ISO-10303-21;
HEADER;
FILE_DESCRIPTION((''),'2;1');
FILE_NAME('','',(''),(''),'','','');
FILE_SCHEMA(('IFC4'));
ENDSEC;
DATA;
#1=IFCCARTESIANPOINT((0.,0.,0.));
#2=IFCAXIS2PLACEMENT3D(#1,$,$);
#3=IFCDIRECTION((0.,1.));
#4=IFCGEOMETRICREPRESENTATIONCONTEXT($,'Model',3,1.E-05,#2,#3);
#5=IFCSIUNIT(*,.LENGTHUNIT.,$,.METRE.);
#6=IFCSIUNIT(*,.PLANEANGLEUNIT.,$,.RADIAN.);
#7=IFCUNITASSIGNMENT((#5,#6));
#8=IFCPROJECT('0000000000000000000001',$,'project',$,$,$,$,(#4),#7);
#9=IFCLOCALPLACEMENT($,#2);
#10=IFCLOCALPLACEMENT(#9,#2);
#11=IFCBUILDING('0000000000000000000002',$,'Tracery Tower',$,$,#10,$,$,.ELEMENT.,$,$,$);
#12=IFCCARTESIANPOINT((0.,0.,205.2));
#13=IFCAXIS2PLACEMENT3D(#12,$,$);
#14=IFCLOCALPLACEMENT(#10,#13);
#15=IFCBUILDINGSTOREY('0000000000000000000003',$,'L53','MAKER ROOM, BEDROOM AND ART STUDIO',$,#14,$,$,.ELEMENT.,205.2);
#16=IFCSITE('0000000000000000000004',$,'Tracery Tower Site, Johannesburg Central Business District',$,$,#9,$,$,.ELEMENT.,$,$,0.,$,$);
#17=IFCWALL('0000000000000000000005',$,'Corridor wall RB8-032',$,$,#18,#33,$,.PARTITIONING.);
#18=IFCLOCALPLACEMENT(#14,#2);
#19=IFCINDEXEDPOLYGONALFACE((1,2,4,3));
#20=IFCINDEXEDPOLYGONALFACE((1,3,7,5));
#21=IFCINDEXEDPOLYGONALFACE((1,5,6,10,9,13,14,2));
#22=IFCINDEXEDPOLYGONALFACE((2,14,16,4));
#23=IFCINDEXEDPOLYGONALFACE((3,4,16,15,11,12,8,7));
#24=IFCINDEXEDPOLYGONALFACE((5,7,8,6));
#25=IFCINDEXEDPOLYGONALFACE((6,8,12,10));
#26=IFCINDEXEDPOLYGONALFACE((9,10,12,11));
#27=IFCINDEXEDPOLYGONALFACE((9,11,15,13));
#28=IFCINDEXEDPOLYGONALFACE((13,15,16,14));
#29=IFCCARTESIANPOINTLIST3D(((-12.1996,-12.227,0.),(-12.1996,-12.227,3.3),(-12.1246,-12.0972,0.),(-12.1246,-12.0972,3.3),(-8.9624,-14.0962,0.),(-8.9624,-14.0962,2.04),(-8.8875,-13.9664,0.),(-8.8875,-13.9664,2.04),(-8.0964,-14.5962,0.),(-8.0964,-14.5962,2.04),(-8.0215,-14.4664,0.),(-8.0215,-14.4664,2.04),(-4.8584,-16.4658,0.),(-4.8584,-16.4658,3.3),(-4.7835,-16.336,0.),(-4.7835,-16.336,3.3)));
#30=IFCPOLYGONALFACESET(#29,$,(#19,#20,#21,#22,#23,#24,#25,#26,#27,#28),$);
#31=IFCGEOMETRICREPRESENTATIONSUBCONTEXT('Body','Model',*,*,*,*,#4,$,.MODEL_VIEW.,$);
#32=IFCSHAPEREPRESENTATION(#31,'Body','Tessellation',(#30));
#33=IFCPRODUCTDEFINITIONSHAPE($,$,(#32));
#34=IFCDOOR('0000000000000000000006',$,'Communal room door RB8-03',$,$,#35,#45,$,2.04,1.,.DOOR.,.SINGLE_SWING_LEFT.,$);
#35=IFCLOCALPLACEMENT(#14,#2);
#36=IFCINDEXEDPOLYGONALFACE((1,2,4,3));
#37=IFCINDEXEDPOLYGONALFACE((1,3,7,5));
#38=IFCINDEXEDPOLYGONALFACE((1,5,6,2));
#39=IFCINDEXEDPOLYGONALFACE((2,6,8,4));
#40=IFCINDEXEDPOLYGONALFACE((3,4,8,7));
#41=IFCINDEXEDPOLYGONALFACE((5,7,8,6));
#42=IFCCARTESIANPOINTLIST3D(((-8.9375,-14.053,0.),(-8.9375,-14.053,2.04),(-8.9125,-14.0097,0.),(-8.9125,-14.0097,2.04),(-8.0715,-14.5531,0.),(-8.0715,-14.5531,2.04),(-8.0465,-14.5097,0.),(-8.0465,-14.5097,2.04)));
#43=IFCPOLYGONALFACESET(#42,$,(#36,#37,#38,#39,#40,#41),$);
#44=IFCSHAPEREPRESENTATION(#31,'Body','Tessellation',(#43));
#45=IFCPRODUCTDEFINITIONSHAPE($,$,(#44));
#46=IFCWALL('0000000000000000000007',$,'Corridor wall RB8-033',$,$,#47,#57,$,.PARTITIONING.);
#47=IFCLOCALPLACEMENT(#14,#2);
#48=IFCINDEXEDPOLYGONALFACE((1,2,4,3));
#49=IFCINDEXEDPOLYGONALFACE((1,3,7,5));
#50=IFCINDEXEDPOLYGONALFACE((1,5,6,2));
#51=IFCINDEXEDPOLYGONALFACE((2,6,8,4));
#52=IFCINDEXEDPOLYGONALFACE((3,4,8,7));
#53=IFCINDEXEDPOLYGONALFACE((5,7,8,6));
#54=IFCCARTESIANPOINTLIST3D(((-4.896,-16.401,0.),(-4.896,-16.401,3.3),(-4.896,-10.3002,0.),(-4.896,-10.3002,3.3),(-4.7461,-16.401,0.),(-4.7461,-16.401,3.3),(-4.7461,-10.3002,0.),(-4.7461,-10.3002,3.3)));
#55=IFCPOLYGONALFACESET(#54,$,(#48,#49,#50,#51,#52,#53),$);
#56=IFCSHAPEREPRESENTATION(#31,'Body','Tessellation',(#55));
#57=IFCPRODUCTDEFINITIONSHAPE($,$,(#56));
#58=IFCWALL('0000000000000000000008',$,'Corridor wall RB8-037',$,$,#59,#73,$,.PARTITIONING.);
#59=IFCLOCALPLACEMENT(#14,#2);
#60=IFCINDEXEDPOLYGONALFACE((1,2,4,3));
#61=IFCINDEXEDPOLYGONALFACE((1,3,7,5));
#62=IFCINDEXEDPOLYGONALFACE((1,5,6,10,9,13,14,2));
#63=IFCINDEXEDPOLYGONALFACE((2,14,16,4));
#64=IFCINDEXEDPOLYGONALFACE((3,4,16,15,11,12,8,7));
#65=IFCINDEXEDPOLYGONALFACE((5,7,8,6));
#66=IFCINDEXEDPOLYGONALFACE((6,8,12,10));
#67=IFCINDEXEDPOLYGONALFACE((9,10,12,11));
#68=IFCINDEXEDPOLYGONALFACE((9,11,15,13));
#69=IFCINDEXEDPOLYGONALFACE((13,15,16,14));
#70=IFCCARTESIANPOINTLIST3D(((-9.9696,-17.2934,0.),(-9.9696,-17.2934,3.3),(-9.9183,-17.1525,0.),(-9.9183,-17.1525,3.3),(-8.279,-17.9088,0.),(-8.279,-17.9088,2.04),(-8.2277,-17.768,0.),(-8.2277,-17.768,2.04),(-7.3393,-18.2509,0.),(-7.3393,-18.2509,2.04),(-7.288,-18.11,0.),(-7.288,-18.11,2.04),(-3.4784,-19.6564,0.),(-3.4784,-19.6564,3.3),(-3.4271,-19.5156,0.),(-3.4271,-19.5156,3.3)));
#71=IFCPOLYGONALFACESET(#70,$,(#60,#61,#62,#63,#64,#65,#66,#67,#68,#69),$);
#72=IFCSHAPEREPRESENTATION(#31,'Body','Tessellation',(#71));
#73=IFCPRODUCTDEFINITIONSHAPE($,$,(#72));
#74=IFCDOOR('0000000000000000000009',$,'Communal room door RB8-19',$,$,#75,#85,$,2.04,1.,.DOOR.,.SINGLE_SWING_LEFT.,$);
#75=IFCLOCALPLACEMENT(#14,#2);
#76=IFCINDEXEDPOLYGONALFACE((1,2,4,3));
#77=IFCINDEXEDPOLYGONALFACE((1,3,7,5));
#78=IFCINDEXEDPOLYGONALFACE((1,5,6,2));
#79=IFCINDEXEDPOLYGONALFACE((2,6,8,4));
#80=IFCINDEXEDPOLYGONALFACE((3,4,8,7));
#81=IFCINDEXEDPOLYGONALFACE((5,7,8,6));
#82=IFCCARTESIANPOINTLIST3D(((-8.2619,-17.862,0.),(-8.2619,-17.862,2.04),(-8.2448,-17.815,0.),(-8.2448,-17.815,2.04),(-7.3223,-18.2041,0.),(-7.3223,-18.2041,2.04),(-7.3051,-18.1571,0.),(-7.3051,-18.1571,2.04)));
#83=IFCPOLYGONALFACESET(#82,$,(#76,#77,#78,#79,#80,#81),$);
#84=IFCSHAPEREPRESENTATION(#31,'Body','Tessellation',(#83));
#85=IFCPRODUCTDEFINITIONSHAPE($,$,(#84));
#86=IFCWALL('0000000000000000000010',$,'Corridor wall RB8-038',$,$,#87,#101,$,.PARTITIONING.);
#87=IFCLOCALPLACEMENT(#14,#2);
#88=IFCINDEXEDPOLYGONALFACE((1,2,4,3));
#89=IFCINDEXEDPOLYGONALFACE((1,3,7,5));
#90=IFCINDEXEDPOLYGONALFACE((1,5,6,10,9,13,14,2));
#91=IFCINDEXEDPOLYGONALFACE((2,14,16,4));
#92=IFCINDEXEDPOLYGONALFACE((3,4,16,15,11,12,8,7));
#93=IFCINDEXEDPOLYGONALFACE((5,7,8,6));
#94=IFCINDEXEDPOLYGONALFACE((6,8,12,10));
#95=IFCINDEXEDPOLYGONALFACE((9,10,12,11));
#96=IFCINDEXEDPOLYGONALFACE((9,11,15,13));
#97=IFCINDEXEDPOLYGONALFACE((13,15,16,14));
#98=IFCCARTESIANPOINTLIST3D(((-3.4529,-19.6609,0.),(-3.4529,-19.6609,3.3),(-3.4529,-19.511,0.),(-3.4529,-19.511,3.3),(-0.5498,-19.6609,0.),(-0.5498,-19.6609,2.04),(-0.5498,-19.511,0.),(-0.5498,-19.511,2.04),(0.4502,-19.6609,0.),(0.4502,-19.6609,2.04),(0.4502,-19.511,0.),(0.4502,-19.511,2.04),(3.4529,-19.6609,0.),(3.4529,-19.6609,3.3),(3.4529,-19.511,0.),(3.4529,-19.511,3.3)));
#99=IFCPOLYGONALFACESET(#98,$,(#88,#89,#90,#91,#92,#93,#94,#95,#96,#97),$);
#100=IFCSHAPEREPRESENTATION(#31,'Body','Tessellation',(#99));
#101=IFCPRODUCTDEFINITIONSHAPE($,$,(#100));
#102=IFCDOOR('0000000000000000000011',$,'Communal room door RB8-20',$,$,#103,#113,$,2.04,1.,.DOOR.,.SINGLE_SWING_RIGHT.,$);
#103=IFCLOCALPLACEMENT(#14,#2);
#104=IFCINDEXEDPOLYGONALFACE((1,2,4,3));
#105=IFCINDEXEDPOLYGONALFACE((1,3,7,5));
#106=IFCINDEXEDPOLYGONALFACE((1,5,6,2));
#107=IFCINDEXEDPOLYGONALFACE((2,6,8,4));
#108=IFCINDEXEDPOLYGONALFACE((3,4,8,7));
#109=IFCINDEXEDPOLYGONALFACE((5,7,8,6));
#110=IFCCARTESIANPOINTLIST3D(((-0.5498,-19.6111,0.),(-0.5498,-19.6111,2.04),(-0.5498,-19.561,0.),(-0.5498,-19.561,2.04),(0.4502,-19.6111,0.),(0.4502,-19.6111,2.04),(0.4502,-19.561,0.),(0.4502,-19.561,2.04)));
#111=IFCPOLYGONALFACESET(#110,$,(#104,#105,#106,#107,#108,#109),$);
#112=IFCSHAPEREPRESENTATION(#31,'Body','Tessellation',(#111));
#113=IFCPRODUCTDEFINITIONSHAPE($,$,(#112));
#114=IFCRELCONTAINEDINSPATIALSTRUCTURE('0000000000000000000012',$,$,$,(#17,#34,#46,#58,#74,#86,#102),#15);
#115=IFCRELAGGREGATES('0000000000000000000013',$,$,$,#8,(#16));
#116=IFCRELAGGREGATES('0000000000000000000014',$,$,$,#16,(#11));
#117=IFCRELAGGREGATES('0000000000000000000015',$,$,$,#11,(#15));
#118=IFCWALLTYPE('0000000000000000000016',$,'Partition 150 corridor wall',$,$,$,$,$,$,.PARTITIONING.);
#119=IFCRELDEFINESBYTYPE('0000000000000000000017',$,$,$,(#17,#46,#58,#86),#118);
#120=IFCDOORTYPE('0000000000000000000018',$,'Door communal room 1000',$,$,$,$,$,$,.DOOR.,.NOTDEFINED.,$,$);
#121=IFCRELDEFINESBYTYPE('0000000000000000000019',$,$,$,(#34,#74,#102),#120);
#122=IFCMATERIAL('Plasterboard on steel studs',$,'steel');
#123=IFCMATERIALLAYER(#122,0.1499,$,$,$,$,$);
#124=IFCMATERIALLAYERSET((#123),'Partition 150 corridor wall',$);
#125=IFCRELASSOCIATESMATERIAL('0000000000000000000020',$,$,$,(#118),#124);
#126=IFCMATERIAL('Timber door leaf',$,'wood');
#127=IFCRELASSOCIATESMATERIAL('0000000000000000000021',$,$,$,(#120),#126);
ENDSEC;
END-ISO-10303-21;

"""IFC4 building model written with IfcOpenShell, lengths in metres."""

from ifc_helpers import new_model, si_unit, direction, frame, frame_2d, origin, place, context, subcontext, project, spatial, rectangle, extrude, material, layer, layer_set, type_object, element, fill, save


model = new_model("IFC4")

# Units and contexts
model_context = context("Model", 3, precision=1e-05, world=origin(), true_north=direction((0.0, 1.0)))
body_context = subcontext(model_context, "Body", "Model", "MODEL_VIEW")
ifc_project = project(units=[si_unit("LENGTHUNIT", "METRE"), si_unit("PLANEANGLEUNIT", "RADIAN")], contexts=[model_context])

# Site, building, storey
site_placement = place(None, origin())
site = spatial("IfcSite", under=ifc_project, at=site_placement, Name="Tracery Tower Site, Johannesburg Central Business District", CompositionType="ELEMENT", RefElevation=0.0)
building_placement = place(site_placement, origin())
building = spatial("IfcBuilding", under=site, at=building_placement, Name="Tracery Tower", CompositionType="ELEMENT")
storey_placement = place(building_placement, frame((0.0, 0.0, 205.2)))
storey = spatial("IfcBuildingStorey", under=building, at=storey_placement, Name="L53", Description="MAKER ROOM, BEDROOM AND ART STUDIO", CompositionType="ELEMENT", Elevation=205.2)

# Shared definitions
ifc_material_1 = material(Name="Plasterboard on steel studs", Category="steel")
ifc_layer_1 = layer(ifc_material_1, 0.1499)
ifc_layer_set_1 = layer_set([ifc_layer_1], Name="Partition 150 corridor wall")
wall_type_1 = type_object("IfcWallType", Name="Partition 150 corridor wall", PredefinedType="PARTITIONING", material=ifc_layer_set_1)

# Wall, opening, door
wall_1_placement = place(storey_placement, frame((-12.1621, -12.1621, 0.0), z_axis=(0.0, 0.0, 1.0), x_axis=(0.866005, -0.500036, 0.0)))
wall_1 = element("IfcWall", 1, at=wall_1_placement, inside=storey, type_object=wall_type_1, Name="Corridor wall RB8-032", PredefinedType="PARTITIONING", context=body_context, shape_type="SweptSolid", body=[
    extrude(rectangle(XDim=8.4771, YDim=0.1499, at=frame_2d((4.2385, 0.0))), origin(), (0.0, 0.0, 1.0), 3.3),
])
opening_1_placement = place(wall_1_placement, frame((3.738, 0.0, 0.0)))
opening_1 = element("IfcOpeningElement", 2, at=opening_1_placement, cuts=wall_1, PredefinedType="OPENING", context=body_context, shape_type="SweptSolid", body=[
    extrude(rectangle(XDim=1.0, YDim=2.04, at=frame_2d((0.5, 1.02))), frame((0.0, 0.075, 0.0), z_axis=(0.0, -1.0, 0.0), x_axis=(1.0, 0.0, 0.0)), (0.0, 0.0, 1.0), 0.1499),
])
ifc_material_2 = material(Name="Timber door leaf", Category="wood")
door_type = type_object("IfcDoorType", Name="Door communal room 1000", OperationType="NOTDEFINED", PredefinedType="DOOR", material=ifc_material_2)
door_1_placement = place(opening_1_placement, origin())
door_1 = element("IfcDoor", 3, at=door_1_placement, inside=storey, type_object=door_type, Name="Communal room door RB8-03", OperationType="SINGLE_SWING_LEFT", OverallHeight=2.04, OverallWidth=1.0, PredefinedType="DOOR", context=body_context, shape_type="SweptSolid", body=[
    extrude(rectangle(XDim=1.0, YDim=2.04, at=frame_2d((0.5, 1.02))), frame((0.0, 0.0249, 0.0), z_axis=(0.0, -1.0, 0.0), x_axis=(1.0, 0.0, 0.0)), (0.0, 0.0, 1.0), 0.05),
])
fill(opening_1, door_1)

# Wall
wall_2_placement = place(storey_placement, frame((-4.821, -16.4009, 0.0), z_axis=(0.0, 0.0, 1.0), x_axis=(0.0, 1.0, 0.0)))
element("IfcWall", 4, at=wall_2_placement, inside=storey, type_object=wall_type_1, Name="Corridor wall RB8-033", PredefinedType="PARTITIONING", context=body_context, shape_type="SweptSolid", body=[
    extrude(rectangle(XDim=6.1008, YDim=0.1499, at=frame_2d((3.0503, 0.0))), origin(), (0.0, 0.0, 1.0), 3.3),
])

# Walls, openings, doors
wall_3_placement = place(storey_placement, frame((-9.9441, -17.2229, 0.0), z_axis=(0.0, 0.0, 1.0), x_axis=(0.939673, -0.342075, 0.0)))
wall_3 = element("IfcWall", 5, at=wall_3_placement, inside=storey, type_object=wall_type_1, Name="Corridor wall RB8-037", PredefinedType="PARTITIONING", context=body_context, shape_type="SweptSolid", body=[
    extrude(rectangle(XDim=6.908, YDim=0.1499, at=frame_2d((3.4541, 0.0))), origin(), (0.0, 0.0, 1.0), 3.3),
])
opening_2_placement = place(wall_3_placement, frame((1.7993, 0.0, 0.0)))
opening_2 = element("IfcOpeningElement", 6, at=opening_2_placement, cuts=wall_3, PredefinedType="OPENING", context=body_context, shape_type="SweptSolid", body=[
    extrude(rectangle(XDim=1.0, YDim=2.04, at=frame_2d((0.5, 1.02))), frame((0.0, 0.075, 0.0), z_axis=(0.0, -1.0, 0.0), x_axis=(1.0, 0.0, 0.0)), (0.0, 0.0, 1.0), 0.1499),
])
door_2_placement = place(opening_2_placement, origin())
door_2 = element("IfcDoor", 7, at=door_2_placement, inside=storey, type_object=door_type, Name="Communal room door RB8-19", OperationType="SINGLE_SWING_LEFT", OverallHeight=2.04, OverallWidth=1.0, PredefinedType="DOOR", context=body_context, shape_type="SweptSolid", body=[
    extrude(rectangle(XDim=1.0, YDim=2.04, at=frame_2d((0.5, 1.02))), frame((0.0, 0.0249, 0.0), z_axis=(0.0, -1.0, 0.0), x_axis=(1.0, 0.0, 0.0)), (0.0, 0.0, 1.0), 0.05),
])
fill(opening_2, door_2)
wall_4_placement = place(storey_placement, frame((-3.4529, -19.5859, 0.0), z_axis=(0.0, 0.0, 1.0), x_axis=(1.0, 0.0, 0.0)))
wall_4 = element("IfcWall", 8, at=wall_4_placement, inside=storey, type_object=wall_type_1, Name="Corridor wall RB8-038", PredefinedType="PARTITIONING", context=body_context, shape_type="SweptSolid", body=[
    extrude(rectangle(XDim=6.9058, YDim=0.1499, at=frame_2d((3.4529, 0.0))), origin(), (0.0, 0.0, 1.0), 3.3),
])
opening_3_placement = place(wall_4_placement, frame((2.9031, 0.0, 0.0)))
opening_3 = element("IfcOpeningElement", 9, at=opening_3_placement, cuts=wall_4, PredefinedType="OPENING", context=body_context, shape_type="SweptSolid", body=[
    extrude(rectangle(XDim=1.0, YDim=2.04, at=frame_2d((0.5, 1.02))), frame((0.0, 0.075, 0.0), z_axis=(0.0, -1.0, 0.0), x_axis=(1.0, 0.0, 0.0)), (0.0, 0.0, 1.0), 0.1499),
])
door_3_placement = place(opening_3_placement, origin())
door_3 = element("IfcDoor", 10, at=door_3_placement, inside=storey, type_object=door_type, Name="Communal room door RB8-20", OperationType="SINGLE_SWING_RIGHT", OverallHeight=2.04, OverallWidth=1.0, PredefinedType="DOOR", context=body_context, shape_type="SweptSolid", body=[
    extrude(rectangle(XDim=1.0, YDim=2.04, at=frame_2d((0.5, 1.02))), frame((0.0, 0.0249, 0.0), z_axis=(0.0, -1.0, 0.0), x_axis=(1.0, 0.0, 0.0)), (0.0, 0.0, 1.0), 0.05),
])
fill(opening_3, door_3)

save(model, "model.ifc")
